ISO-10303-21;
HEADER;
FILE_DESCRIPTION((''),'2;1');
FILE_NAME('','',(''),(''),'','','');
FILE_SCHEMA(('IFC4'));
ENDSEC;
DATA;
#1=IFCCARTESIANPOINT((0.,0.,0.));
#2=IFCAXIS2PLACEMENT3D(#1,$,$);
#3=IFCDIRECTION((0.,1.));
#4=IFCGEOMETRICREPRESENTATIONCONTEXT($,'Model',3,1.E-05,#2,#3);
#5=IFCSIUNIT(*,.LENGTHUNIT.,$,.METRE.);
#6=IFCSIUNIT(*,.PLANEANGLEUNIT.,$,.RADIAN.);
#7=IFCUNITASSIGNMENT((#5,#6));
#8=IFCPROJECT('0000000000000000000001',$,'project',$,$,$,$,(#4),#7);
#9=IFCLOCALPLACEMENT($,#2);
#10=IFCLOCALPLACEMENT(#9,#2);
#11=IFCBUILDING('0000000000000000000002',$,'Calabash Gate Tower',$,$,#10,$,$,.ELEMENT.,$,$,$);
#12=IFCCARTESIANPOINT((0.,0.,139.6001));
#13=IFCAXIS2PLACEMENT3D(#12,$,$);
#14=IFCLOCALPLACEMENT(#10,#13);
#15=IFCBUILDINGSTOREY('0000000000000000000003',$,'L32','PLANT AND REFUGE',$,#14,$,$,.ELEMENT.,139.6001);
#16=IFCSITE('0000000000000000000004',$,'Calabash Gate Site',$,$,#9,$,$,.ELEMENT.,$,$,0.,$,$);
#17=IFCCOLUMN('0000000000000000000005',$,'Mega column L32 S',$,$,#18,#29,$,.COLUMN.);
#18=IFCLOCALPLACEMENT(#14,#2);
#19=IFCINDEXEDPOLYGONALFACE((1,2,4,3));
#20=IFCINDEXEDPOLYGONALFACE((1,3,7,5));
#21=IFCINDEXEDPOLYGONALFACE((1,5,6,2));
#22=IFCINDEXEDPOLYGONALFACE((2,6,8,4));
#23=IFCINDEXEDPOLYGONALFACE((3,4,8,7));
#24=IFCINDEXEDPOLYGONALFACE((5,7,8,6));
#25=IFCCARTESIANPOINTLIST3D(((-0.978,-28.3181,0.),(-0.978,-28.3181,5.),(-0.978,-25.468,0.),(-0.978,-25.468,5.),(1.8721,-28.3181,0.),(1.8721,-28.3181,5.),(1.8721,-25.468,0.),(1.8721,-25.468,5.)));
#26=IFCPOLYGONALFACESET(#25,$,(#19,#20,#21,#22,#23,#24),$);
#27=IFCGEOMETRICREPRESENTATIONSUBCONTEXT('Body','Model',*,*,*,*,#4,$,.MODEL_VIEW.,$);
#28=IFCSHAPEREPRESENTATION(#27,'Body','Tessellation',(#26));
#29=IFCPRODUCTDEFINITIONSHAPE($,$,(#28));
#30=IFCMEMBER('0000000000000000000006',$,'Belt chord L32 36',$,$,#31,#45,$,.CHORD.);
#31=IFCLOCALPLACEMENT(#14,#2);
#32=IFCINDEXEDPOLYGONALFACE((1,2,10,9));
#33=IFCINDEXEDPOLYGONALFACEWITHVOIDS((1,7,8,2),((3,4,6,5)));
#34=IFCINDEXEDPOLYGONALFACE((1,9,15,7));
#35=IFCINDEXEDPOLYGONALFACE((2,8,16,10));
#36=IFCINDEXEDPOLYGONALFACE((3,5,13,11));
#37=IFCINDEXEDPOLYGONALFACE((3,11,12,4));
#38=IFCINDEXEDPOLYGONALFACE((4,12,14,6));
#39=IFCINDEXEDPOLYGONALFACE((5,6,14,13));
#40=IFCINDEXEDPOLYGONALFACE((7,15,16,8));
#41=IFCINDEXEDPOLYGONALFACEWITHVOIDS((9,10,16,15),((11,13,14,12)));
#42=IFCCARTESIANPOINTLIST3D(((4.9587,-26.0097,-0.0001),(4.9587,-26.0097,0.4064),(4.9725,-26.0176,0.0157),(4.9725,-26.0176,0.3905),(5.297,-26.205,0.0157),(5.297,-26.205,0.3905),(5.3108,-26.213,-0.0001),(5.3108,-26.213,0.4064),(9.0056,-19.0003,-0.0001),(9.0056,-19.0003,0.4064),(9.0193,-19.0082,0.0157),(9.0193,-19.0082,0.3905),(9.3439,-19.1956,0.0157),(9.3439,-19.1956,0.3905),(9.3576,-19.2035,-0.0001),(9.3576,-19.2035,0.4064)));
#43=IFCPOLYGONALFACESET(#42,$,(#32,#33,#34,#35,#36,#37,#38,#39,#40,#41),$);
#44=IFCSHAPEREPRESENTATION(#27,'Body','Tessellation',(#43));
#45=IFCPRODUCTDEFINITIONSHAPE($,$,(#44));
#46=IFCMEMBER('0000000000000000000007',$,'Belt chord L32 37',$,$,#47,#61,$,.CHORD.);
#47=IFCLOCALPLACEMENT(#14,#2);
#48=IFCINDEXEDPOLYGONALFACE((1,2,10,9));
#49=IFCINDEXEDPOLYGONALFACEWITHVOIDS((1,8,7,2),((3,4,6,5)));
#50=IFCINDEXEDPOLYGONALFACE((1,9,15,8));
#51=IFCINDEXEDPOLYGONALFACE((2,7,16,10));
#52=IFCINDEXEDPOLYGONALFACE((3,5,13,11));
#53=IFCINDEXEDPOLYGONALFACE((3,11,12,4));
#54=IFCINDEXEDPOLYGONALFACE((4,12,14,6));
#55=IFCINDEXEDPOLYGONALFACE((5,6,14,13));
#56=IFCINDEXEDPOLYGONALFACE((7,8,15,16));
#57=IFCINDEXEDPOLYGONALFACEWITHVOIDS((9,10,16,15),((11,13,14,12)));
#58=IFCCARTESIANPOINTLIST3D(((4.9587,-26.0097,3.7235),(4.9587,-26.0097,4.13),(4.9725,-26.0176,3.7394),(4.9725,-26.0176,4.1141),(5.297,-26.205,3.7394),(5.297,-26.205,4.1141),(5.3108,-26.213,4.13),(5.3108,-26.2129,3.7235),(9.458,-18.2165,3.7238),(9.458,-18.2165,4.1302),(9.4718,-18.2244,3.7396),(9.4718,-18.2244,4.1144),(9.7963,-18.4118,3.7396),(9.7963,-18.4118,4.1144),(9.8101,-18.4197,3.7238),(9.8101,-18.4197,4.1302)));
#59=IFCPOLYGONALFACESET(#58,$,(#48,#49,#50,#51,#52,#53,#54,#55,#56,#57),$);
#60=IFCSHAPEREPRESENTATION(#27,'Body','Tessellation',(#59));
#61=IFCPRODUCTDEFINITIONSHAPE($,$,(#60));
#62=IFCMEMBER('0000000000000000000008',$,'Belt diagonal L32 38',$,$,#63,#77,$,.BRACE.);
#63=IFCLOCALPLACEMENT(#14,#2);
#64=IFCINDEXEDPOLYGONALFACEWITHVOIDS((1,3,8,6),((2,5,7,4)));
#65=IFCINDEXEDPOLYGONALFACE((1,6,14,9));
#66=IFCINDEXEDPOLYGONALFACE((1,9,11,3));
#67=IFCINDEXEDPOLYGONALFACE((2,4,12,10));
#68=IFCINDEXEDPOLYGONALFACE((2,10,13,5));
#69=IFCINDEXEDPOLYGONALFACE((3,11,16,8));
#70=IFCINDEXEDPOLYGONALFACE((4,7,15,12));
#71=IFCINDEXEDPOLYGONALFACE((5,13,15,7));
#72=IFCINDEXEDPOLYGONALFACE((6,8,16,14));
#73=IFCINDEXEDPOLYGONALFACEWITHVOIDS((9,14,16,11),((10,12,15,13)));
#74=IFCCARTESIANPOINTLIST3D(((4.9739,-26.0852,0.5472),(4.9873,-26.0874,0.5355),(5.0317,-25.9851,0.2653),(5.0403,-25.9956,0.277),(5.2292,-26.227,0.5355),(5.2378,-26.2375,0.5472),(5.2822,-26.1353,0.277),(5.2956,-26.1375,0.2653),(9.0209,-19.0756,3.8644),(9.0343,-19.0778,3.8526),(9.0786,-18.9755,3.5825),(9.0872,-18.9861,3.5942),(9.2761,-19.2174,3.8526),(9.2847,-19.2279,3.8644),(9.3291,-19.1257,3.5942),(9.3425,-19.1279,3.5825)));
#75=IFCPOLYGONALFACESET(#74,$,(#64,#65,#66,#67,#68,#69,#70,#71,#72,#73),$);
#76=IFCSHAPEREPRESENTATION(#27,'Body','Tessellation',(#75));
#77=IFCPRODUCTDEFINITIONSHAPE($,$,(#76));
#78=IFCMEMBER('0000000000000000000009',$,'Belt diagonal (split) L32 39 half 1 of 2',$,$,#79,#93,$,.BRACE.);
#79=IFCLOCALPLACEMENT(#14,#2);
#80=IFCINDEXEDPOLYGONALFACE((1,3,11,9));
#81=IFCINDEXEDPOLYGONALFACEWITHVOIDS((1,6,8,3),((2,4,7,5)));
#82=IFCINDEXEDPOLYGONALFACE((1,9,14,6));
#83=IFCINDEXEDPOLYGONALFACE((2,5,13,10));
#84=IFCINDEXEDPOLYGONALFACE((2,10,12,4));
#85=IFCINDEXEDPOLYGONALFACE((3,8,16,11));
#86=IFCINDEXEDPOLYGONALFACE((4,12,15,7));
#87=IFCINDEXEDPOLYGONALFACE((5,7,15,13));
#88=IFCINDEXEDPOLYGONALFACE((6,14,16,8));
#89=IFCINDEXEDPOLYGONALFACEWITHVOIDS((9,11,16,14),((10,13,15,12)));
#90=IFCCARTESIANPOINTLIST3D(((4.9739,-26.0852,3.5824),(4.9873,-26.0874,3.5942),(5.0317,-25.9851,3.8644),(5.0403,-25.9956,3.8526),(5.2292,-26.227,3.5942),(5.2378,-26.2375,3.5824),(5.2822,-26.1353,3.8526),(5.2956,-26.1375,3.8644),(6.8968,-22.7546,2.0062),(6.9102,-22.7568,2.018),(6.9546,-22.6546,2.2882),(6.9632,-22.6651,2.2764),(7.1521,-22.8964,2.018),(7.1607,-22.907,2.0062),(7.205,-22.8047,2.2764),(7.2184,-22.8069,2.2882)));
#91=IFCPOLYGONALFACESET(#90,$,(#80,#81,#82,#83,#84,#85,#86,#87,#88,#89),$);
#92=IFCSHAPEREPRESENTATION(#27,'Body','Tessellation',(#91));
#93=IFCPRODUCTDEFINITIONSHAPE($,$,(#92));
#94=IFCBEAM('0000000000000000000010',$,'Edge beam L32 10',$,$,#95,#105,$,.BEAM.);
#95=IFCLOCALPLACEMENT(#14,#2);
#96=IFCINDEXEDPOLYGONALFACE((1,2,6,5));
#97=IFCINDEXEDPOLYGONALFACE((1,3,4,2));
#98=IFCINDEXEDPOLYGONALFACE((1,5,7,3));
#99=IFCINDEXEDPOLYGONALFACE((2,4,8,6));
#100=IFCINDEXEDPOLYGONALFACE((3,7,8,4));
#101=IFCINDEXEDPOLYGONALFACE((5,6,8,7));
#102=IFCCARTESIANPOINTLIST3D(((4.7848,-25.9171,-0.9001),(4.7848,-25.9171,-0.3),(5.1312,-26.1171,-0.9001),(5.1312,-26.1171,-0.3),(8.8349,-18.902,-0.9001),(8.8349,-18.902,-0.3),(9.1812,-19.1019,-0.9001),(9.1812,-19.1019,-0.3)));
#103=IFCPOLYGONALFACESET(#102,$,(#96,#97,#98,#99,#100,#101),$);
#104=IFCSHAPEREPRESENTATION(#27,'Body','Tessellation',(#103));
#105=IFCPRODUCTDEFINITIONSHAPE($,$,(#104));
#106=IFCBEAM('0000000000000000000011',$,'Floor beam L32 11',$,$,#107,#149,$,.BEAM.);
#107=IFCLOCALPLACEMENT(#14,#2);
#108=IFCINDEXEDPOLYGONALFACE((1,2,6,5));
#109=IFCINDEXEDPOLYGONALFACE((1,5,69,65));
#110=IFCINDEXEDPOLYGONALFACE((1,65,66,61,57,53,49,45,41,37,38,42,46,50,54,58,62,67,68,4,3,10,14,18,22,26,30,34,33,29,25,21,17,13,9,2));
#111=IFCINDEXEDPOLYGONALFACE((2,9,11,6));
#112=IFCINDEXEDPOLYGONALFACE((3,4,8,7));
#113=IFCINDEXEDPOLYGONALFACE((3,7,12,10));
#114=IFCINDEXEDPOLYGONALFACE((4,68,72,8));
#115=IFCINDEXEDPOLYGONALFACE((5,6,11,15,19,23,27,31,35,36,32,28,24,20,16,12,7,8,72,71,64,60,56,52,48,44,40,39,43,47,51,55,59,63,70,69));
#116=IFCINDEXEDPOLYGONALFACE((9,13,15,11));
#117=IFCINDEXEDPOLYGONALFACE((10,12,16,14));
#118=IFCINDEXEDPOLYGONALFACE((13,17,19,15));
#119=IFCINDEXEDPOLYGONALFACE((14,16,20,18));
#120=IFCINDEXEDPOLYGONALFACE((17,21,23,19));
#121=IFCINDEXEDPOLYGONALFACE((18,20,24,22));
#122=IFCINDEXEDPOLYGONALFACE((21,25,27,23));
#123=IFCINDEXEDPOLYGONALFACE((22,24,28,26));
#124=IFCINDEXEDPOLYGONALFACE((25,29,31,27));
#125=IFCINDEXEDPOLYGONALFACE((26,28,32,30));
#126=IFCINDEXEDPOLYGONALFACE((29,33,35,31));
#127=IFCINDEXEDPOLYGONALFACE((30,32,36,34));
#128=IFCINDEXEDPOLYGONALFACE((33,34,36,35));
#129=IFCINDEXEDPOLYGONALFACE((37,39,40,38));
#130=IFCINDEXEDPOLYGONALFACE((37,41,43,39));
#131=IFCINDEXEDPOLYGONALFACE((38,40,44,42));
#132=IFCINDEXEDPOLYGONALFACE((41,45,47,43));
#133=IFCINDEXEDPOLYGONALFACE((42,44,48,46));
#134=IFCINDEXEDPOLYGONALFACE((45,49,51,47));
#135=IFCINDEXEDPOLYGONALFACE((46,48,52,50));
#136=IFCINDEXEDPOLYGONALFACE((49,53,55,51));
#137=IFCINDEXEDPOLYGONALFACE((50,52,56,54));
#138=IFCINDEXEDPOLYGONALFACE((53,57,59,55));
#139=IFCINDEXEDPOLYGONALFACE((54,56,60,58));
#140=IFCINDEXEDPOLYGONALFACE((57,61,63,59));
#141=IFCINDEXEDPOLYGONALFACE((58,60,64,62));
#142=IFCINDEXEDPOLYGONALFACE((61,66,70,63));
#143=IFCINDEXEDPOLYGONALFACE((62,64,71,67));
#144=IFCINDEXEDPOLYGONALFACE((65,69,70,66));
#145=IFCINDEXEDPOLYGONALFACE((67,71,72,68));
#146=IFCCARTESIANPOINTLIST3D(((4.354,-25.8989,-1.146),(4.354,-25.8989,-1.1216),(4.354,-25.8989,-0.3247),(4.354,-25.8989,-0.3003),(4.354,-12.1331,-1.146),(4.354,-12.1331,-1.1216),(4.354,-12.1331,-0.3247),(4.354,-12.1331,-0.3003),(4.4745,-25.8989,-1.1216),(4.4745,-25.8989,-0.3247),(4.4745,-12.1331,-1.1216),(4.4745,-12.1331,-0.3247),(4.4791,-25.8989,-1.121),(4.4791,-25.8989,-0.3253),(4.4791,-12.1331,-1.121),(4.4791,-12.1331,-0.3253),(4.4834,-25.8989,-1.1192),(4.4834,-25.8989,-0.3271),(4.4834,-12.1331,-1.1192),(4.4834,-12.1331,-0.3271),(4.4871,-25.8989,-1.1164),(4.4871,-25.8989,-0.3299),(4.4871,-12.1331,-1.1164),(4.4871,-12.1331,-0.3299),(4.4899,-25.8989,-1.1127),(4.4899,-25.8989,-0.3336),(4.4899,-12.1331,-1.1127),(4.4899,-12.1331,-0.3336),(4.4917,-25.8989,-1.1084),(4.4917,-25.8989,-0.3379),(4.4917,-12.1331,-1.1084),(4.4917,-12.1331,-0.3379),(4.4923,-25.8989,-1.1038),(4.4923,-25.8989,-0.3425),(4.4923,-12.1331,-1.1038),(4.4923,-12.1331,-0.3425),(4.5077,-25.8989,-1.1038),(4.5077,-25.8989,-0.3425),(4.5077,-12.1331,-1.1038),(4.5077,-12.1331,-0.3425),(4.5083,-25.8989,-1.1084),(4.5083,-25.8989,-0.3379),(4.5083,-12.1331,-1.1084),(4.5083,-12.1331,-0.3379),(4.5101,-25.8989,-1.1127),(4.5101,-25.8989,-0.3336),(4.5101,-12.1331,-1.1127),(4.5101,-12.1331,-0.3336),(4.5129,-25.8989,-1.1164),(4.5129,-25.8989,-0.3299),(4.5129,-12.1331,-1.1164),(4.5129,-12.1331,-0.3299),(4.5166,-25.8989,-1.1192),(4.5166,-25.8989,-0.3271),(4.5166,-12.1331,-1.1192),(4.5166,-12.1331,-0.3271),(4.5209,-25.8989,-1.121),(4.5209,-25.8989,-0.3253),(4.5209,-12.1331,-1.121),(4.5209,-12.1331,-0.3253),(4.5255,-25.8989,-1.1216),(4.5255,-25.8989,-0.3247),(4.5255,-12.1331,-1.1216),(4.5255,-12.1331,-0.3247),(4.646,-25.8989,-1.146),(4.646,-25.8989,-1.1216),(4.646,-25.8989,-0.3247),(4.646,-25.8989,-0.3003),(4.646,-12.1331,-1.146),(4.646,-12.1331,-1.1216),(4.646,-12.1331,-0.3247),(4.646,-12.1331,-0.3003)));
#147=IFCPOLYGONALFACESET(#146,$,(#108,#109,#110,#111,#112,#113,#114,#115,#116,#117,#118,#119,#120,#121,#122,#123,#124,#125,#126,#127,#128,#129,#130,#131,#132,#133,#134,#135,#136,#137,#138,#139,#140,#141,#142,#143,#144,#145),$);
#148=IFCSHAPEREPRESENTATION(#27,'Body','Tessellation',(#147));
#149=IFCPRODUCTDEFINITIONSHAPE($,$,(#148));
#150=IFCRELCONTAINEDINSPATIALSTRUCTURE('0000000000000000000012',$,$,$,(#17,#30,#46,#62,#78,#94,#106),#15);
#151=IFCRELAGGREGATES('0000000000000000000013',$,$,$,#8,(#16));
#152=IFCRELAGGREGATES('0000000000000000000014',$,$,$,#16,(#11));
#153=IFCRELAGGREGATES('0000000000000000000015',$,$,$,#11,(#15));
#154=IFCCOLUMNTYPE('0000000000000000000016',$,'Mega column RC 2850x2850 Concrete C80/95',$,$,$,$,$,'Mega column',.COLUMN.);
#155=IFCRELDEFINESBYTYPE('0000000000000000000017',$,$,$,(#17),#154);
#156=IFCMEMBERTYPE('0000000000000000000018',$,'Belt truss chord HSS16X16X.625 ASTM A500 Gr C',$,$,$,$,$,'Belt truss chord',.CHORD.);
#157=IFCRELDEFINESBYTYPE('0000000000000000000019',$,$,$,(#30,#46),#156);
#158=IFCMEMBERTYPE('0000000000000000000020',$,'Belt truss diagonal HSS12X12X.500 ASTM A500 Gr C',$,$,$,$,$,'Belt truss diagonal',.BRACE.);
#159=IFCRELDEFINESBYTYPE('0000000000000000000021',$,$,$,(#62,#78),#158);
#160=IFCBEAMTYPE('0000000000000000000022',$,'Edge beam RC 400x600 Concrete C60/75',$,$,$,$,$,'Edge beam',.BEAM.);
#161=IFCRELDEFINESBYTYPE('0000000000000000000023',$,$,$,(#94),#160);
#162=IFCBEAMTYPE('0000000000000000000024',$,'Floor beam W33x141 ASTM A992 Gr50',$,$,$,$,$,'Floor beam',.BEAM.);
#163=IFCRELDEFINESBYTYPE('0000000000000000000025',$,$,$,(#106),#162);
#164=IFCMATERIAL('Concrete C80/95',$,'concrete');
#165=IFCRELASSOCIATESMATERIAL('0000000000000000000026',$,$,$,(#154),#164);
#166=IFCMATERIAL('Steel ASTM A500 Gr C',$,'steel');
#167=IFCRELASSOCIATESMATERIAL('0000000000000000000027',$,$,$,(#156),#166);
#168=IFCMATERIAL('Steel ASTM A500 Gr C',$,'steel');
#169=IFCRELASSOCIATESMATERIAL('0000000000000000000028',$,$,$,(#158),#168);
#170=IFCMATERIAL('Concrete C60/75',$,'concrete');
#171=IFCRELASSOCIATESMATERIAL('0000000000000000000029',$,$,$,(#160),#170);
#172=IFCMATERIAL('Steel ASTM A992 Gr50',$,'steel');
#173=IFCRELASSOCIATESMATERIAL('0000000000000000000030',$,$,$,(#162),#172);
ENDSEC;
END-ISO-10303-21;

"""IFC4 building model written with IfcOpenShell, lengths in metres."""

from ifc_helpers import new_model, si_unit, direction, frame, origin, origin_2d, place, context, subcontext, project, spatial, rectangle, hollow_rectangle, i_section, extrude, material, material_profile, profile_set, type_object, element, save


model = new_model("IFC4")

# Units and contexts
model_context = context("Model", 3, precision=1e-05, world=origin(), true_north=direction((0.0, 1.0)))
body_context = subcontext(model_context, "Body", "Model", "MODEL_VIEW")
ifc_project = project(units=[si_unit("LENGTHUNIT", "METRE"), si_unit("PLANEANGLEUNIT", "RADIAN")], contexts=[model_context])

# Site, building, storey
site_placement = place(None, origin())
site = spatial("IfcSite", under=ifc_project, at=site_placement, Name="Calabash Gate Site", CompositionType="ELEMENT", RefElevation=0.0)
building_placement = place(site_placement, origin())
building = spatial("IfcBuilding", under=site, at=building_placement, Name="Calabash Gate Tower", CompositionType="ELEMENT")
storey_placement = place(building_placement, frame((0.0, 0.0, 139.6001)))
storey = spatial("IfcBuildingStorey", under=building, at=storey_placement, Name="L32", Description="PLANT AND REFUGE", CompositionType="ELEMENT", Elevation=139.6001)

# Column
ifc_material_1 = material(Name="Concrete C80/95", Category="concrete")
ifc_material_profile_1 = material_profile(ifc_material_1, rectangle(XDim=2.8501, YDim=2.8501, at=origin_2d()))
ifc_profile_set_1 = profile_set([ifc_material_profile_1], Name="Concrete C80/95")
column_type_1 = type_object("IfcColumnType", Name="Mega column RC 2850x2850 Concrete C80/95", ElementType="Mega column", PredefinedType="COLUMN", material=ifc_profile_set_1)
column_1_placement = place(storey_placement, frame((0.447, -26.8931, 0.0), z_axis=(0.0, 0.0, 1.0), x_axis=(0.0, 1.0, 0.0)))
element("IfcColumn", 1, at=column_1_placement, inside=storey, type_object=column_type_1, Name="Mega column L32 S", PredefinedType="COLUMN", context=body_context, shape_type="SweptSolid", body=[
    extrude(rectangle(XDim=2.8501, YDim=2.8501, at=origin_2d()), origin(), (0.0, 0.0, 1.0), 5.0),
])

# Members
ifc_material_2 = material(Name="Steel ASTM A500 Gr C", Category="steel")
ifc_material_profile_2 = material_profile(ifc_material_2, hollow_rectangle(XDim=0.4065, YDim=0.4065, WallThickness=0.0159, at=origin_2d()))
ifc_profile_set_2 = profile_set([ifc_material_profile_2], Name="Steel ASTM A500 Gr C")
member_type_1 = type_object("IfcMemberType", Name="Belt truss chord HSS16X16X.625 ASTM A500 Gr C", ElementType="Belt truss chord", PredefinedType="CHORD", material=ifc_profile_set_2)
member_1_placement = place(storey_placement, frame((5.1348, -26.1113, 0.2031), z_axis=(0.499993, 0.866029, 0.0), x_axis=(-0.866029, 0.499993, 0.0)))
element("IfcMember", 2, at=member_1_placement, inside=storey, type_object=member_type_1, Name="Belt chord L32 36", PredefinedType="CHORD", context=body_context, shape_type="SweptSolid", body=[
    extrude(hollow_rectangle(XDim=0.4065, YDim=0.4065, WallThickness=0.0159, at=origin_2d()), origin(), (0.0, 0.0, 1.0), 8.0938),
])
member_2_placement = place(storey_placement, frame((5.1348, -26.1113, 3.9268), z_axis=(0.499988, 0.866032, 0.000027), x_axis=(-0.866032, 0.499988, 0.0)))
element("IfcMember", 3, at=member_2_placement, inside=storey, type_object=member_type_1, Name="Belt chord L32 37", PredefinedType="CHORD", context=body_context, shape_type="SweptSolid", body=[
    extrude(hollow_rectangle(XDim=0.4065, YDim=0.4065, WallThickness=0.0159, at=origin_2d()), origin(), (0.0, 0.0, 1.0), 8.9988),
])
ifc_material_3 = material(Name="Steel ASTM A500 Gr C", Category="steel")
ifc_material_profile_3 = material_profile(ifc_material_3, hollow_rectangle(XDim=0.3047, YDim=0.3047, WallThickness=0.0127, at=origin_2d()))
ifc_profile_set_3 = profile_set([ifc_material_profile_3], Name="Steel ASTM A500 Gr C")
member_type_2 = type_object("IfcMemberType", Name="Belt truss diagonal HSS12X12X.500 ASTM A500 Gr C", ElementType="Belt truss diagonal", PredefinedType="BRACE", material=ifc_profile_set_3)
member_3_placement = place(storey_placement, frame((5.1348, -26.1113, 0.4062), z_axis=(0.462647, 0.801342, 0.379222), x_axis=(-0.866029, 0.499993, 0.0)))
element("IfcMember", 4, at=member_3_placement, inside=storey, type_object=member_type_2, Name="Belt diagonal L32 38", PredefinedType="BRACE", context=body_context, shape_type="SweptSolid", body=[
    extrude(hollow_rectangle(XDim=0.3047, YDim=0.3047, WallThickness=0.0127, at=origin_2d()), origin(), (0.0, 0.0, 1.0), 8.7473),
])
member_4_placement = place(storey_placement, frame((5.1348, -26.1113, 3.7234), z_axis=(0.462642, 0.801341, -0.37923), x_axis=(-0.866031, 0.49999, 0.0)))
element("IfcMember", 5, at=member_4_placement, inside=storey, type_object=member_type_2, Name="Belt diagonal (split) L32 39 half 1 of 2", PredefinedType="BRACE", context=body_context, shape_type="SweptSolid", body=[
    extrude(hollow_rectangle(XDim=0.3047, YDim=0.3047, WallThickness=0.0127, at=origin_2d()), origin(), (0.0, 0.0, 1.0), 4.1562),
])

# Beams
ifc_material_4 = material(Name="Concrete C60/75", Category="concrete")
ifc_material_profile_4 = material_profile(ifc_material_4, rectangle(XDim=0.3999, YDim=0.6001, at=origin_2d()))
ifc_profile_set_4 = profile_set([ifc_material_profile_4], Name="Concrete C60/75")
beam_type_1 = type_object("IfcBeamType", Name="Edge beam RC 400x600 Concrete C60/75", ElementType="Edge beam", PredefinedType="BEAM", material=ifc_profile_set_4)
beam_1_placement = place(storey_placement, frame((4.958, -26.0171, -0.6001), z_axis=(0.499987, 0.866033, 0.0), x_axis=(-0.866033, 0.499987, 0.0)))
element("IfcBeam", 6, at=beam_1_placement, inside=storey, type_object=beam_type_1, Name="Edge beam L32 10", PredefinedType="BEAM", context=body_context, shape_type="SweptSolid", body=[
    extrude(rectangle(XDim=0.3999, YDim=0.6001, at=origin_2d()), origin(), (0.0, 0.0, 1.0), 8.1003),
])
ifc_material_5 = material(Name="Steel ASTM A992 Gr50", Category="steel")
ifc_material_profile_5 = material_profile(ifc_material_5, i_section(OverallWidth=0.292, OverallDepth=0.8457, WebThickness=0.0154, FlangeThickness=0.0244, FilletRadius=0.0178, at=origin_2d()))
ifc_profile_set_5 = profile_set([ifc_material_profile_5], Name="Steel ASTM A992 Gr50")
beam_type_2 = type_object("IfcBeamType", Name="Floor beam W33x141 ASTM A992 Gr50", ElementType="Floor beam", PredefinedType="BEAM", material=ifc_profile_set_5)
beam_2_placement = place(storey_placement, frame((4.5, -25.8989, -0.7231), z_axis=(0.0, 1.0, 0.0), x_axis=(-1.0, 0.0, 0.0)))
element("IfcBeam", 7, at=beam_2_placement, inside=storey, type_object=beam_type_2, Name="Floor beam L32 11", PredefinedType="BEAM", context=body_context, shape_type="SweptSolid", body=[
    extrude(i_section(OverallWidth=0.292, OverallDepth=0.8457, WebThickness=0.0154, FlangeThickness=0.0244, FilletRadius=0.0178, at=origin_2d()), origin(), (0.0, 0.0, 1.0), 13.7659),
])

save(model, "model.ifc")
